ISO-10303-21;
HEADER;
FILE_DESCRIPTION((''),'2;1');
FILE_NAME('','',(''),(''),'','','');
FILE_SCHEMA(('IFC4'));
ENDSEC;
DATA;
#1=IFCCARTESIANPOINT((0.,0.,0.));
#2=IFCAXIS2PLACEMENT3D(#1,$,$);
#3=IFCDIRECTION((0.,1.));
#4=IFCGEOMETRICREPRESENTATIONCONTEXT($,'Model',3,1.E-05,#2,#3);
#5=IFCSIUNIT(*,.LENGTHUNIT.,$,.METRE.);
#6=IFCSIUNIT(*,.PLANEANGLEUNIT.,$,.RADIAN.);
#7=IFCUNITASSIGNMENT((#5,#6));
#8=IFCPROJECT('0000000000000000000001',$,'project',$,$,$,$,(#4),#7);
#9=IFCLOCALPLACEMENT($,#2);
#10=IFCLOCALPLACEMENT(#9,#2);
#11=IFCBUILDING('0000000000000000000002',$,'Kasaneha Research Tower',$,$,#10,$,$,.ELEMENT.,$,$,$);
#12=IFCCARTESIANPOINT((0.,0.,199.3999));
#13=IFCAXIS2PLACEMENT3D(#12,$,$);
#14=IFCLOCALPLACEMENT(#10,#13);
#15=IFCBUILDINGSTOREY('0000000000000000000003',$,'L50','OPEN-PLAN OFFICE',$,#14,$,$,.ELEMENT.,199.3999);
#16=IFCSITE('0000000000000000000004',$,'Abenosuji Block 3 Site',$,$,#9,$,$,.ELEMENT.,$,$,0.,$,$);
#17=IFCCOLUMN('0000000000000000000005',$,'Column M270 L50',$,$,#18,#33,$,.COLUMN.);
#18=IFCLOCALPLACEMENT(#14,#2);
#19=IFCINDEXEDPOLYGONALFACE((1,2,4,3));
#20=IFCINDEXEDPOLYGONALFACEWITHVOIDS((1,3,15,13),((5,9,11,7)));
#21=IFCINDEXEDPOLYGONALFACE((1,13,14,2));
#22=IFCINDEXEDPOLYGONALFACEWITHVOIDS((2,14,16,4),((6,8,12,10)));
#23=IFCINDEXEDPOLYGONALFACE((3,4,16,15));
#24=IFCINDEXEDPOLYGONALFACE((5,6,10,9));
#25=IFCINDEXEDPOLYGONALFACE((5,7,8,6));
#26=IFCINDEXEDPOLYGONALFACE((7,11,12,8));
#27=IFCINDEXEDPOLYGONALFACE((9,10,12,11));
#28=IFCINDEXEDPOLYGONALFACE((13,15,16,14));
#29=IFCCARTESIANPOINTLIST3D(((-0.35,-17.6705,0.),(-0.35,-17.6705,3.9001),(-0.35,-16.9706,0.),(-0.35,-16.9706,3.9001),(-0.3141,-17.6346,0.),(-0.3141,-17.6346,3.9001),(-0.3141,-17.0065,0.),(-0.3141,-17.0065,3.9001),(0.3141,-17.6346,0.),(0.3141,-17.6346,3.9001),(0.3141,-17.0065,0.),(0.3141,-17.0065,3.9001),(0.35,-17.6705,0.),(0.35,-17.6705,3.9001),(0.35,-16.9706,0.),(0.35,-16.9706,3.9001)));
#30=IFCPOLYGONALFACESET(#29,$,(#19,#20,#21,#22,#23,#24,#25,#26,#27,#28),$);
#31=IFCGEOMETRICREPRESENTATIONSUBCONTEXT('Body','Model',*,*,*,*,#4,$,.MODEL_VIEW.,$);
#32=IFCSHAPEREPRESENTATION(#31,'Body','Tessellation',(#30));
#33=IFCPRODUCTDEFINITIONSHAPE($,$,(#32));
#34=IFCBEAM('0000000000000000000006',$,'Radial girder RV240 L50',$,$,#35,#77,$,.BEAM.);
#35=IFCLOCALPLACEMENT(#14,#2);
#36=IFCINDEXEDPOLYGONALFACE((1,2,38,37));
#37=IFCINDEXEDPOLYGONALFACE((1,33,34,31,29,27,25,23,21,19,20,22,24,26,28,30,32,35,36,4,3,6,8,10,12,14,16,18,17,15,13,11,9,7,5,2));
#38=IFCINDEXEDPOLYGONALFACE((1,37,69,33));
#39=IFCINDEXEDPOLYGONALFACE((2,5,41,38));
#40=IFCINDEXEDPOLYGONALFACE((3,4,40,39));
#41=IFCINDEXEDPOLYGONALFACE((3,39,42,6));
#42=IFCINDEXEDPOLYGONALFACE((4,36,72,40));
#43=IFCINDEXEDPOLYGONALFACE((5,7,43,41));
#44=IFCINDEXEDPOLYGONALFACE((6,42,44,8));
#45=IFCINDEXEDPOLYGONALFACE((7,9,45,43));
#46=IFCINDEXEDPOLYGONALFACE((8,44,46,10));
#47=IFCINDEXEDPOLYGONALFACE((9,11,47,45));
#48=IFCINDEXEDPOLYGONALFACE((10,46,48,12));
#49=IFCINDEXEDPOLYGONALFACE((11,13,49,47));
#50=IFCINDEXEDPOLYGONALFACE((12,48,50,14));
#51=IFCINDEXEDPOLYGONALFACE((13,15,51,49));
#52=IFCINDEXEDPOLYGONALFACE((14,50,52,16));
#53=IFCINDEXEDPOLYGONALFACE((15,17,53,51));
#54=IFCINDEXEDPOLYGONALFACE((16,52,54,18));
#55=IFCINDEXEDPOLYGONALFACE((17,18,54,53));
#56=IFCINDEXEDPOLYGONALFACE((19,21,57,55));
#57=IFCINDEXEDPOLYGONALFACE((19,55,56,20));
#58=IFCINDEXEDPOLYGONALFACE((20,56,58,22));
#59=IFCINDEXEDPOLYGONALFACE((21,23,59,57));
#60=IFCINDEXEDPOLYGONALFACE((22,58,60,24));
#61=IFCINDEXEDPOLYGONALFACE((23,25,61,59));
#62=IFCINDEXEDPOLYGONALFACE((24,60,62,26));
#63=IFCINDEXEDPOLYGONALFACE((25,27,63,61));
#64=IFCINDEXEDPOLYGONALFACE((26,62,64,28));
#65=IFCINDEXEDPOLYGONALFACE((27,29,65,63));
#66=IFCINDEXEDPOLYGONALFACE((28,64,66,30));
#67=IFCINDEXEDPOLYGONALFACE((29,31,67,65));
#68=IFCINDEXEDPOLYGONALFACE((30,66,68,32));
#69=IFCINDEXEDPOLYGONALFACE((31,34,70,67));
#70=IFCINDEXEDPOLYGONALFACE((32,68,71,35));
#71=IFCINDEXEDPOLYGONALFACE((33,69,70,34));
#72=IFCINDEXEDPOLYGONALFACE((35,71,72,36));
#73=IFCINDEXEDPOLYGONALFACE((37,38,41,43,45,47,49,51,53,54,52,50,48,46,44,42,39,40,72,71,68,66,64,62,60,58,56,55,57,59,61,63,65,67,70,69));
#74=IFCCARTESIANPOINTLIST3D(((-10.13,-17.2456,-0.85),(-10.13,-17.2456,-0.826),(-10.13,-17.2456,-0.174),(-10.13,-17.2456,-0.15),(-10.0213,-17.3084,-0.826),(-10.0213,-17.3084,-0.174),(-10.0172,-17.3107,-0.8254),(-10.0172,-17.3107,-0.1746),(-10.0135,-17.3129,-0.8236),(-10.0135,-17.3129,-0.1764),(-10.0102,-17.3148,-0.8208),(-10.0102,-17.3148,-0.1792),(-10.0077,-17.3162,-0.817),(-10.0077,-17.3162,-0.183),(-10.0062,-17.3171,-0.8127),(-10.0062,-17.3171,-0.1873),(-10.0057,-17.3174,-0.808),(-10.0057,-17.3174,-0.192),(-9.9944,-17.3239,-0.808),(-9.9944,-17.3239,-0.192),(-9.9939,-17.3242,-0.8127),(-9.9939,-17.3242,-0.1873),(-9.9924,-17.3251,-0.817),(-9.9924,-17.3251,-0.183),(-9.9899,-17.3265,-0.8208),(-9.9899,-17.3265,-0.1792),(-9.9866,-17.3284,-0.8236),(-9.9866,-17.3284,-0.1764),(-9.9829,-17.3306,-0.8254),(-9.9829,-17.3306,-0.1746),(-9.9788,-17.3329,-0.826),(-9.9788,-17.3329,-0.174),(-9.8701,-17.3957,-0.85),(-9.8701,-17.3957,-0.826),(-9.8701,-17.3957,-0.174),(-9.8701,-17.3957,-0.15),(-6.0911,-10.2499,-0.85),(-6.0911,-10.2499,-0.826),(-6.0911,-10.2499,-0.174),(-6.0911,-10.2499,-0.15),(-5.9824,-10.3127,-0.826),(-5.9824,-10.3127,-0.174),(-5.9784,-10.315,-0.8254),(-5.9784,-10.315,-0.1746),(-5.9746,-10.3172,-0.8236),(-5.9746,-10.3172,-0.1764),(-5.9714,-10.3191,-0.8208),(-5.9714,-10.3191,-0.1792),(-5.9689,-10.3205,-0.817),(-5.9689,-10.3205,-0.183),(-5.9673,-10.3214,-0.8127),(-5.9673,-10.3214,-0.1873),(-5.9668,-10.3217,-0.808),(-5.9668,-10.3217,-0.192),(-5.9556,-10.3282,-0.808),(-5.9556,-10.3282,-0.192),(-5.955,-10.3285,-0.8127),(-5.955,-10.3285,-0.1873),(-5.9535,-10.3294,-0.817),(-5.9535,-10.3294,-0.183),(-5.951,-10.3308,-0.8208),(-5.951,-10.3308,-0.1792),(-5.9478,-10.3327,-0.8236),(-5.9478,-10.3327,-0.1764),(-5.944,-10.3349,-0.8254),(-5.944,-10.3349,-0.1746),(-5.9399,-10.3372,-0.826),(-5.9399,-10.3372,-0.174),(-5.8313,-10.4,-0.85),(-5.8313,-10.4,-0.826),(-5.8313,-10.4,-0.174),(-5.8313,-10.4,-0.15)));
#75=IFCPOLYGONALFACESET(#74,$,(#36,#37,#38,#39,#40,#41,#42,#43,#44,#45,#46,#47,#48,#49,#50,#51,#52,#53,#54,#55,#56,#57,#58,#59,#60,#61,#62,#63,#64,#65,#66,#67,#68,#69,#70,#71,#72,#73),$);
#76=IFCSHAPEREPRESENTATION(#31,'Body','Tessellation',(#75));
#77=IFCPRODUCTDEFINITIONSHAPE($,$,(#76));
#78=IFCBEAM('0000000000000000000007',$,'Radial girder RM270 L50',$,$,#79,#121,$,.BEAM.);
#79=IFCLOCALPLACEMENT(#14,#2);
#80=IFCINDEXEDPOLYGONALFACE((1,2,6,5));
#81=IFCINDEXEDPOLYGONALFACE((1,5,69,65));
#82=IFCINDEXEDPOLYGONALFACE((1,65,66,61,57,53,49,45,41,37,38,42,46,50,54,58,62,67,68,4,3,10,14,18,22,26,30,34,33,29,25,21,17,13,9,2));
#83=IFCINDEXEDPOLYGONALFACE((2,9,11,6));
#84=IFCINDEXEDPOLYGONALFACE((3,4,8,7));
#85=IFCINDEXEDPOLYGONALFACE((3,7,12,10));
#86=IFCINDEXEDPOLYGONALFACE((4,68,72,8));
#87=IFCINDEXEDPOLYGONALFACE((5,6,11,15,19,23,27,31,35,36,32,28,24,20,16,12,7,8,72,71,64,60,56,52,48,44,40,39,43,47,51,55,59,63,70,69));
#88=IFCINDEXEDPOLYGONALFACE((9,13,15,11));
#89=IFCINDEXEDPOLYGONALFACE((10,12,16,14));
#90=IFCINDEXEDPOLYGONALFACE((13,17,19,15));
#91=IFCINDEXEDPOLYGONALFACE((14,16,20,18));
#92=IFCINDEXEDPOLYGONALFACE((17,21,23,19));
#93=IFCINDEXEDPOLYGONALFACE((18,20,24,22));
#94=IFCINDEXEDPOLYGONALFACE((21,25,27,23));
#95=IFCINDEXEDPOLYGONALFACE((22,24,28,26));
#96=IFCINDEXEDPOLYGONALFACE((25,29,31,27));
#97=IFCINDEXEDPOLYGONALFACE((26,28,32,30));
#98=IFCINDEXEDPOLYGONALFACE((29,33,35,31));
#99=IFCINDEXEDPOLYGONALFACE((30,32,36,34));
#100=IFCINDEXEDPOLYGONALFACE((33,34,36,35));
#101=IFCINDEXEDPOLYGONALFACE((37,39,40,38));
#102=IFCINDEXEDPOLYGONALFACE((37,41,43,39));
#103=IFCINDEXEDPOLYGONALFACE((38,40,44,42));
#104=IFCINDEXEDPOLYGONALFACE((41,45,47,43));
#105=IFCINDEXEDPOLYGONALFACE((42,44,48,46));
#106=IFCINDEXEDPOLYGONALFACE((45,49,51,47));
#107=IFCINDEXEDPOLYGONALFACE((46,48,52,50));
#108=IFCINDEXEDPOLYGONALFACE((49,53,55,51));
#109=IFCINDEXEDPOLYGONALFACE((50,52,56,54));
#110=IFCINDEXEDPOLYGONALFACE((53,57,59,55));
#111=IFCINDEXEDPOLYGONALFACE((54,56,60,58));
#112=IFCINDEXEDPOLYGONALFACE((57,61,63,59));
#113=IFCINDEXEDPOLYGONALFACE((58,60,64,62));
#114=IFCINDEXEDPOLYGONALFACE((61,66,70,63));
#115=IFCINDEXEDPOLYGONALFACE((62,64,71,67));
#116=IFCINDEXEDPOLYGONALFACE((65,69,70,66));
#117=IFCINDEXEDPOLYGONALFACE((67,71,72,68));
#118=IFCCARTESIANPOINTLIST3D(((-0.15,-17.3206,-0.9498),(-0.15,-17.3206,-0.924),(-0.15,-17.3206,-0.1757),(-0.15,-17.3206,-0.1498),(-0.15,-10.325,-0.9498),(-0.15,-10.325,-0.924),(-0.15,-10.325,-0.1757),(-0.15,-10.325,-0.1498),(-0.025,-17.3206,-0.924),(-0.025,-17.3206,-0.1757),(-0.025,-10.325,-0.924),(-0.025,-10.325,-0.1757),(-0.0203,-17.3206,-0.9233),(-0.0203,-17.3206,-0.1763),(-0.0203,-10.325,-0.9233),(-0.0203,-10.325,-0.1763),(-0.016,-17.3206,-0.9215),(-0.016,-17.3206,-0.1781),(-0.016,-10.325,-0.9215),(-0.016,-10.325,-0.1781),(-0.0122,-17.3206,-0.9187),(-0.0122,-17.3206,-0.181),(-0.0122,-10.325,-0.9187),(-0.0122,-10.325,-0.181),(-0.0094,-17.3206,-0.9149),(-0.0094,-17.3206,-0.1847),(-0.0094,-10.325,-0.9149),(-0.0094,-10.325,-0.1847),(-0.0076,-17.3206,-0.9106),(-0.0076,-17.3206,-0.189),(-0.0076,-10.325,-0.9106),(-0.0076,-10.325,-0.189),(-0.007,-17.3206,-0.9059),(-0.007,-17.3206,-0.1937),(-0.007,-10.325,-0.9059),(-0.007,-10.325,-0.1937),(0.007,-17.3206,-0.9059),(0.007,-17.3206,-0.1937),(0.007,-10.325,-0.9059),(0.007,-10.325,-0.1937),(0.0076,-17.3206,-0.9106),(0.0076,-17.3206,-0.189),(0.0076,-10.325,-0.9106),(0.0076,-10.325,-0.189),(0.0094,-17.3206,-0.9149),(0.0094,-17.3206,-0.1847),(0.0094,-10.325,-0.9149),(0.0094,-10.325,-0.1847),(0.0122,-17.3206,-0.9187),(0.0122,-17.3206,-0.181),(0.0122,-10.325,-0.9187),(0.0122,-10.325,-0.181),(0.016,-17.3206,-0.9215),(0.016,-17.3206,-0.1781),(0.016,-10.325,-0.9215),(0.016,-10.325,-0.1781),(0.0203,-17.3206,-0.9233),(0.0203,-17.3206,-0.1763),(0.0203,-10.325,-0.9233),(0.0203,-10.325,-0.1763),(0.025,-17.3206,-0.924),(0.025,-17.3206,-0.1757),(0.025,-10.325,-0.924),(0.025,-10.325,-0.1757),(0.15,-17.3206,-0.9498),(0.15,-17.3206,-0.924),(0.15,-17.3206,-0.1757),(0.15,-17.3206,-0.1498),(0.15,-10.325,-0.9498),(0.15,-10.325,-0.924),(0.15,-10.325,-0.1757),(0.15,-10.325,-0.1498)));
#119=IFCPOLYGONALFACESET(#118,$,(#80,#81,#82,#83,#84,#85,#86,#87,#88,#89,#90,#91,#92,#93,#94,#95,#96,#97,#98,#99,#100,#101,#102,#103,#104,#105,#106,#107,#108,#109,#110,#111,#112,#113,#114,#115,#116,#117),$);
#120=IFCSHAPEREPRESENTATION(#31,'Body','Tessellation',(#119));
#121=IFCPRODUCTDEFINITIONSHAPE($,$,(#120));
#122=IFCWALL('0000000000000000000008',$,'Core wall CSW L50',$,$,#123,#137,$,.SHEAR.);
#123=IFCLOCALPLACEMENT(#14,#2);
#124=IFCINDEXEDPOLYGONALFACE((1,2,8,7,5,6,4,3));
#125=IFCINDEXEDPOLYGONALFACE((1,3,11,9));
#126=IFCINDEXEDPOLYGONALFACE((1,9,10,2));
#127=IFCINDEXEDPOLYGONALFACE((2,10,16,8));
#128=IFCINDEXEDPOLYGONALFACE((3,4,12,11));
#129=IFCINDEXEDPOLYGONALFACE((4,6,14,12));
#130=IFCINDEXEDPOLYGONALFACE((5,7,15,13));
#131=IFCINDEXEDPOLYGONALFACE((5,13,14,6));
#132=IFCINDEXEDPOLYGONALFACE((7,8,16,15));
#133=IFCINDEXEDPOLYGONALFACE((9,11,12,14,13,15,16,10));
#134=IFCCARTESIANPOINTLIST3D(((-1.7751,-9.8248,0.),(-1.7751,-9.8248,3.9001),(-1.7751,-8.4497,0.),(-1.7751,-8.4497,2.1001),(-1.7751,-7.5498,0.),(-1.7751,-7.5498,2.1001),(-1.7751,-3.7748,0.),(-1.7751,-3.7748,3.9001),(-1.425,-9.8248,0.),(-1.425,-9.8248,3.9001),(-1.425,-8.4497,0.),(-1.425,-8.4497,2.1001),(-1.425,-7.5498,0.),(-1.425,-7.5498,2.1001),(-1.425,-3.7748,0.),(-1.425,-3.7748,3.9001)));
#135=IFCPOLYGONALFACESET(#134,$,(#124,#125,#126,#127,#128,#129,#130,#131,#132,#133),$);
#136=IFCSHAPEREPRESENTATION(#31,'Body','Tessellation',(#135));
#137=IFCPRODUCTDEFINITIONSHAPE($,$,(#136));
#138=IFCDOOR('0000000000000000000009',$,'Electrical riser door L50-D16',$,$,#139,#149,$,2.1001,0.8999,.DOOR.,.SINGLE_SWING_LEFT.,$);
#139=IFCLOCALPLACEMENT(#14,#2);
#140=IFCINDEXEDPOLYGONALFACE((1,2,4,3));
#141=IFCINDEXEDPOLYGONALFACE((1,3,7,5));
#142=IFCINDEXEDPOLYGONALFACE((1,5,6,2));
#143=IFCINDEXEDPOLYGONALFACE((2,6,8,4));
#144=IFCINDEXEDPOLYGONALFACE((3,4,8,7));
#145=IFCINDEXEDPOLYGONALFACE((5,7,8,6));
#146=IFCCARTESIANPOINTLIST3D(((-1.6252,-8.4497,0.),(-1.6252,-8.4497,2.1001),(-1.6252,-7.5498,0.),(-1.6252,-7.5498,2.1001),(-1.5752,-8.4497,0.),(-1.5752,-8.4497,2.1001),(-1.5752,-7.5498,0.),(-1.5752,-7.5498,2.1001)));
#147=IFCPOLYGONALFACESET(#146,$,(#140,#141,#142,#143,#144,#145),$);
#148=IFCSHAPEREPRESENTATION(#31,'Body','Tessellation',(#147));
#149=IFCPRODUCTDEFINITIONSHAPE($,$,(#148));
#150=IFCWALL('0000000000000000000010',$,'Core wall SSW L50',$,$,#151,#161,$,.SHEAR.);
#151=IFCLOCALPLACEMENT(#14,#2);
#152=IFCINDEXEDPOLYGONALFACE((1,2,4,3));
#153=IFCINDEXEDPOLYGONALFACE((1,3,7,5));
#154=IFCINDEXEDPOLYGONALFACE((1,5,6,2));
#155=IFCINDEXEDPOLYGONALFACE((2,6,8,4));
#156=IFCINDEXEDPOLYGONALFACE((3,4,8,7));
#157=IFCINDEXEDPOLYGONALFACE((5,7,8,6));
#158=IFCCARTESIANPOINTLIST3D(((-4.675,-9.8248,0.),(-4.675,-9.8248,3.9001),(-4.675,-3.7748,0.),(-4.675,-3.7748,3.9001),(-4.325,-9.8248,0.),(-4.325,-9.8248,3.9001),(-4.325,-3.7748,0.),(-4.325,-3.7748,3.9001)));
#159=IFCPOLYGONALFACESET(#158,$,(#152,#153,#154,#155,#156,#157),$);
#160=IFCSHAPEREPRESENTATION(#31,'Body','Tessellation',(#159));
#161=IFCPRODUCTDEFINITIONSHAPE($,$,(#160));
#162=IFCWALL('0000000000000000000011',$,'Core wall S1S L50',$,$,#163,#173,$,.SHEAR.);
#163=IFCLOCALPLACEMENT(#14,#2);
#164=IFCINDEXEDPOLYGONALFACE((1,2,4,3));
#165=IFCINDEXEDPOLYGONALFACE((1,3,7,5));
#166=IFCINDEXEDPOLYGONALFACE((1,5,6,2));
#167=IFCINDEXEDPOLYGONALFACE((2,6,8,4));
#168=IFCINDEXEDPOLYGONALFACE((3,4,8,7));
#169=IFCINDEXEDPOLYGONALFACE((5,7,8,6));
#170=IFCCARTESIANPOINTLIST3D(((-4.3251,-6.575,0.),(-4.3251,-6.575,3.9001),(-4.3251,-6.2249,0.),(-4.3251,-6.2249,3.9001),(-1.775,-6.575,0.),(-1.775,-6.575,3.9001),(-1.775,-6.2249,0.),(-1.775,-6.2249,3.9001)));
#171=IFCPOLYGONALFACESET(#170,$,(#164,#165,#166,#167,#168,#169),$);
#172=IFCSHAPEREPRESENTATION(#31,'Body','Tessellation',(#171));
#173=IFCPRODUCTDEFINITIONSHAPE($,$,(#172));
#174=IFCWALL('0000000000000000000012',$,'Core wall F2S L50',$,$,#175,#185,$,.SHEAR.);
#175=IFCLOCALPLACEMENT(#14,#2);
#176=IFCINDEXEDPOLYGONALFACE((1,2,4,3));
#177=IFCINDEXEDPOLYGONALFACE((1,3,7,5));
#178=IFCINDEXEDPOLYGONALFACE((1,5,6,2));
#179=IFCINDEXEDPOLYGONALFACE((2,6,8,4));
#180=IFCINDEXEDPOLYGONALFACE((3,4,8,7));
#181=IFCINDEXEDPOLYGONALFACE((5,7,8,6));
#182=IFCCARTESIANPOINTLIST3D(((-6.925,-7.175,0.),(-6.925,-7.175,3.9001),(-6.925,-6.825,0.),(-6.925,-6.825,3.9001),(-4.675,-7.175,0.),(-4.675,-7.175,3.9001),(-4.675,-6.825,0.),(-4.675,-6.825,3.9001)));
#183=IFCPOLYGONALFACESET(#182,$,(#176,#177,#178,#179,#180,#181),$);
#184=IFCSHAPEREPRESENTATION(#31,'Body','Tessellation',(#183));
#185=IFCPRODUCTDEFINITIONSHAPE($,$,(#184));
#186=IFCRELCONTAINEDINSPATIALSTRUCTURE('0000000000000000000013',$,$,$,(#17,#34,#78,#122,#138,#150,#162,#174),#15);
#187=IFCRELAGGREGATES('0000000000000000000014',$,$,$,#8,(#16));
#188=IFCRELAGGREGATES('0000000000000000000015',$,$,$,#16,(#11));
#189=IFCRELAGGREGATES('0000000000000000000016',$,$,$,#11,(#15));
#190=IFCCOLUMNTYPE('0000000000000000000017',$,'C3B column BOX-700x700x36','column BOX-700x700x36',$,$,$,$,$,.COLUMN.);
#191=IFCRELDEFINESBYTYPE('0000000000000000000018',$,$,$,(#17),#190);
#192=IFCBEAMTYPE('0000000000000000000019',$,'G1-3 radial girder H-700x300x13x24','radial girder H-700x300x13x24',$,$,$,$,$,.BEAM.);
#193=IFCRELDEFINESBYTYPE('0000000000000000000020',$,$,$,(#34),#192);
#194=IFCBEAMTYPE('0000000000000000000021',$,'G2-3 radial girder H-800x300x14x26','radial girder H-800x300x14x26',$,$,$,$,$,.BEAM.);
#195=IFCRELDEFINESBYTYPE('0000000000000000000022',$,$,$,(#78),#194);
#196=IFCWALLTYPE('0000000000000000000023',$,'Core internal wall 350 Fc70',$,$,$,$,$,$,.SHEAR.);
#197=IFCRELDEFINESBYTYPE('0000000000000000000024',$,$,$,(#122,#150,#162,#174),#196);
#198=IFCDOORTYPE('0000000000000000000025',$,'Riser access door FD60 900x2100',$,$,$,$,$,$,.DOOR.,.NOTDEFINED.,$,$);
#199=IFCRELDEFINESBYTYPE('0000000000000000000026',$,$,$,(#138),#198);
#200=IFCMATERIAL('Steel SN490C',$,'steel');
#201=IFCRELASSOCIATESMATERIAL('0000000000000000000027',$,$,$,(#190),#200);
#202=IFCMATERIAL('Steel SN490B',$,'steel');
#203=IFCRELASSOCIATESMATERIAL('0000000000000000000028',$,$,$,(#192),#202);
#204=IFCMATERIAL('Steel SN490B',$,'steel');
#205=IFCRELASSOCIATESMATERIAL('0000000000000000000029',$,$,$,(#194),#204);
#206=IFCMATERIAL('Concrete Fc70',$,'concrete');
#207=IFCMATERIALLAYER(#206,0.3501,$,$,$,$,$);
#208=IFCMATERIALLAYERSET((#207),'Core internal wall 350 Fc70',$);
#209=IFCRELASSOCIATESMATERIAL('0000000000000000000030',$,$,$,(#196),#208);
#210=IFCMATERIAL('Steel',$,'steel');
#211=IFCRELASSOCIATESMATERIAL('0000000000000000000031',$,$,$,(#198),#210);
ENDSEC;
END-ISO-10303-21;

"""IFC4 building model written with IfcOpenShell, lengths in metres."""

from ifc_helpers import new_model, si_unit, direction, frame, frame_2d, origin, origin_2d, place, context, subcontext, project, spatial, rectangle, hollow_rectangle, i_section, extrude, material, layer, layer_set, material_profile, profile_set, type_object, element, fill, save


model = new_model("IFC4")

# Units and contexts
model_context = context("Model", 3, precision=1e-05, world=origin(), true_north=direction((0.0, 1.0)))
body_context = subcontext(model_context, "Body", "Model", "MODEL_VIEW")
ifc_project = project(units=[si_unit("LENGTHUNIT", "METRE"), si_unit("PLANEANGLEUNIT", "RADIAN")], contexts=[model_context])

# Site, building, storey
site_placement = place(None, origin())
site = spatial("IfcSite", under=ifc_project, at=site_placement, Name="Abenosuji Block 3 Site", CompositionType="ELEMENT", RefElevation=0.0)
building_placement = place(site_placement, origin())
building = spatial("IfcBuilding", under=site, at=building_placement, Name="Kasaneha Research Tower", CompositionType="ELEMENT")
storey_placement = place(building_placement, frame((0.0, 0.0, 199.3999)))
storey = spatial("IfcBuildingStorey", under=building, at=storey_placement, Name="L50", Description="OPEN-PLAN OFFICE", CompositionType="ELEMENT", Elevation=199.3999)

# Column
ifc_material_1 = material(Name="Steel SN490C", Category="steel")
ifc_material_profile_1 = material_profile(ifc_material_1, hollow_rectangle(XDim=0.7, YDim=0.7, WallThickness=0.0359, at=origin_2d()), Name="BOX-700x700x36")
ifc_profile_set_1 = profile_set([ifc_material_profile_1], Name="Steel SN490C")
column_type = type_object("IfcColumnType", Name="C3B column BOX-700x700x36", Description="column BOX-700x700x36", PredefinedType="COLUMN", material=ifc_profile_set_1)
column_placement = place(storey_placement, frame((0.0, -17.3206, 0.0), z_axis=(0.0, 0.0, 1.0), x_axis=(1.0, 0.0, 0.0)))
element("IfcColumn", 1, at=column_placement, inside=storey, type_object=column_type, Name="Column M270 L50", PredefinedType="COLUMN", context=body_context, shape_type="SweptSolid", body=[
    extrude(hollow_rectangle(XDim=0.7, YDim=0.7, WallThickness=0.0359, at=origin_2d()), origin(), (0.0, 0.0, 1.0), 3.9001),
])

# Beams
ifc_material_2 = material(Name="Steel SN490B", Category="steel")
ifc_material_profile_2 = material_profile(ifc_material_2, i_section(OverallWidth=0.3, OverallDepth=0.7, WebThickness=0.0129, FlangeThickness=0.0239, FilletRadius=0.0181, at=origin_2d()), Name="H-700x300x13x24")
ifc_profile_set_2 = profile_set([ifc_material_profile_2], Name="Steel SN490B")
beam_type_1 = type_object("IfcBeamType", Name="G1-3 radial girder H-700x300x13x24", Description="radial girder H-700x300x13x24", PredefinedType="BEAM", material=ifc_profile_set_2)
beam_1_placement = place(storey_placement, frame((-5.9612, -10.325, -0.5), z_axis=(-0.499991, -0.866031, 0.0), x_axis=(0.866031, -0.499991, 0.0)))
element("IfcBeam", 2, at=beam_1_placement, inside=storey, type_object=beam_type_1, Name="Radial girder RV240 L50", PredefinedType="BEAM", context=body_context, shape_type="SweptSolid", body=[
    extrude(i_section(OverallWidth=0.3, OverallDepth=0.7, WebThickness=0.0129, FlangeThickness=0.0239, FilletRadius=0.0181, at=origin_2d()), origin(), (0.0, 0.0, 1.0), 8.0779),
])
ifc_material_3 = material(Name="Steel SN490B", Category="steel")
ifc_material_profile_3 = material_profile(ifc_material_3, i_section(OverallWidth=0.3, OverallDepth=0.8, WebThickness=0.0139, FlangeThickness=0.0259, FilletRadius=0.0181, at=origin_2d()), Name="H-800x300x14x26")
ifc_profile_set_3 = profile_set([ifc_material_profile_3], Name="Steel SN490B")
beam_type_2 = type_object("IfcBeamType", Name="G2-3 radial girder H-800x300x14x26", Description="radial girder H-800x300x14x26", PredefinedType="BEAM", material=ifc_profile_set_3)
beam_2_placement = place(storey_placement, frame((0.0, -10.325, -0.5498), z_axis=(0.0, -1.0, 0.0), x_axis=(1.0, 0.0, 0.0)))
element("IfcBeam", 3, at=beam_2_placement, inside=storey, type_object=beam_type_2, Name="Radial girder RM270 L50", PredefinedType="BEAM", context=body_context, shape_type="SweptSolid", body=[
    extrude(i_section(OverallWidth=0.3, OverallDepth=0.8, WebThickness=0.0139, FlangeThickness=0.0259, FilletRadius=0.0181, at=origin_2d()), origin(), (0.0, 0.0, 1.0), 6.9956),
])

# Wall, opening, door
ifc_material_4 = material(Name="Concrete Fc70", Category="concrete")
ifc_layer_1 = layer(ifc_material_4, 0.3501)
ifc_layer_set_1 = layer_set([ifc_layer_1], Name="Core internal wall 350 Fc70")
wall_type_1 = type_object("IfcWallType", Name="Core internal wall 350 Fc70", PredefinedType="SHEAR", material=ifc_layer_set_1)
wall_1_placement = place(storey_placement, frame((-1.6001, -3.7749, 0.0), z_axis=(0.0, 0.0, 1.0), x_axis=(0.0, -1.0, 0.0)))
wall_1 = element("IfcWall", 4, at=wall_1_placement, inside=storey, type_object=wall_type_1, Name="Core wall CSW L50", PredefinedType="SHEAR", context=body_context, shape_type="SweptSolid", body=[
    extrude(rectangle(XDim=6.05, YDim=0.3501, at=frame_2d((3.0249, 0.0))), origin(), (0.0, 0.0, 1.0), 3.9001),
])
opening_1_placement = place(wall_1_placement, frame((3.7749, 0.0, 0.0)))
opening_1 = element("IfcOpeningElement", 5, at=opening_1_placement, cuts=wall_1, PredefinedType="OPENING", context=body_context, shape_type="SweptSolid", body=[
    extrude(rectangle(XDim=0.8999, YDim=2.1001, at=frame_2d((0.45, 1.05))), frame((0.0, 0.1851, 0.0), z_axis=(0.0, -1.0, 0.0), x_axis=(1.0, 0.0, 0.0)), (0.0, 0.0, 1.0), 0.3701),
])
ifc_material_5 = material(Name="Steel", Category="steel")
door_type_1 = type_object("IfcDoorType", Name="Riser access door FD60 900x2100", OperationType="NOTDEFINED", PredefinedType="DOOR", material=ifc_material_5)
door_1_placement = place(opening_1_placement, origin())
door_1 = element("IfcDoor", 6, at=door_1_placement, inside=storey, type_object=door_type_1, Name="Electrical riser door L50-D16", OperationType="SINGLE_SWING_LEFT", OverallHeight=2.1001, OverallWidth=0.8999, PredefinedType="DOOR", context=body_context, shape_type="SweptSolid", body=[
    extrude(rectangle(XDim=0.8999, YDim=2.1001, at=frame_2d((0.45, 1.05))), frame((0.0, 0.0249, 0.0), z_axis=(0.0, -1.0, 0.0), x_axis=(1.0, 0.0, 0.0)), (0.0, 0.0, 1.0), 0.05),
])
fill(opening_1, door_1)

# Walls
wall_2_placement = place(storey_placement, frame((-4.5, -3.7749, 0.0), z_axis=(0.0, 0.0, 1.0), x_axis=(0.0, -1.0, 0.0)))
element("IfcWall", 7, at=wall_2_placement, inside=storey, type_object=wall_type_1, Name="Core wall SSW L50", PredefinedType="SHEAR", context=body_context, shape_type="SweptSolid", body=[
    extrude(rectangle(XDim=6.05, YDim=0.3501, at=frame_2d((3.0249, 0.0))), origin(), (0.0, 0.0, 1.0), 3.9001),
])
wall_3_placement = place(storey_placement, frame((-4.325, -6.3999, 0.0), z_axis=(0.0, 0.0, 1.0), x_axis=(1.0, 0.0, 0.0)))
element("IfcWall", 8, at=wall_3_placement, inside=storey, type_object=wall_type_1, Name="Core wall S1S L50", PredefinedType="SHEAR", context=body_context, shape_type="SweptSolid", body=[
    extrude(rectangle(XDim=2.55, YDim=0.3501, at=frame_2d((1.2749, 0.0))), origin(), (0.0, 0.0, 1.0), 3.9001),
])
wall_4_placement = place(storey_placement, frame((-6.925, -7.0, 0.0), z_axis=(0.0, 0.0, 1.0), x_axis=(1.0, 0.0, 0.0)))
element("IfcWall", 9, at=wall_4_placement, inside=storey, type_object=wall_type_1, Name="Core wall F2S L50", PredefinedType="SHEAR", context=body_context, shape_type="SweptSolid", body=[
    extrude(rectangle(XDim=2.25, YDim=0.3501, at=frame_2d((1.125, 0.0))), origin(), (0.0, 0.0, 1.0), 3.9001),
])

save(model, "model.ifc")
